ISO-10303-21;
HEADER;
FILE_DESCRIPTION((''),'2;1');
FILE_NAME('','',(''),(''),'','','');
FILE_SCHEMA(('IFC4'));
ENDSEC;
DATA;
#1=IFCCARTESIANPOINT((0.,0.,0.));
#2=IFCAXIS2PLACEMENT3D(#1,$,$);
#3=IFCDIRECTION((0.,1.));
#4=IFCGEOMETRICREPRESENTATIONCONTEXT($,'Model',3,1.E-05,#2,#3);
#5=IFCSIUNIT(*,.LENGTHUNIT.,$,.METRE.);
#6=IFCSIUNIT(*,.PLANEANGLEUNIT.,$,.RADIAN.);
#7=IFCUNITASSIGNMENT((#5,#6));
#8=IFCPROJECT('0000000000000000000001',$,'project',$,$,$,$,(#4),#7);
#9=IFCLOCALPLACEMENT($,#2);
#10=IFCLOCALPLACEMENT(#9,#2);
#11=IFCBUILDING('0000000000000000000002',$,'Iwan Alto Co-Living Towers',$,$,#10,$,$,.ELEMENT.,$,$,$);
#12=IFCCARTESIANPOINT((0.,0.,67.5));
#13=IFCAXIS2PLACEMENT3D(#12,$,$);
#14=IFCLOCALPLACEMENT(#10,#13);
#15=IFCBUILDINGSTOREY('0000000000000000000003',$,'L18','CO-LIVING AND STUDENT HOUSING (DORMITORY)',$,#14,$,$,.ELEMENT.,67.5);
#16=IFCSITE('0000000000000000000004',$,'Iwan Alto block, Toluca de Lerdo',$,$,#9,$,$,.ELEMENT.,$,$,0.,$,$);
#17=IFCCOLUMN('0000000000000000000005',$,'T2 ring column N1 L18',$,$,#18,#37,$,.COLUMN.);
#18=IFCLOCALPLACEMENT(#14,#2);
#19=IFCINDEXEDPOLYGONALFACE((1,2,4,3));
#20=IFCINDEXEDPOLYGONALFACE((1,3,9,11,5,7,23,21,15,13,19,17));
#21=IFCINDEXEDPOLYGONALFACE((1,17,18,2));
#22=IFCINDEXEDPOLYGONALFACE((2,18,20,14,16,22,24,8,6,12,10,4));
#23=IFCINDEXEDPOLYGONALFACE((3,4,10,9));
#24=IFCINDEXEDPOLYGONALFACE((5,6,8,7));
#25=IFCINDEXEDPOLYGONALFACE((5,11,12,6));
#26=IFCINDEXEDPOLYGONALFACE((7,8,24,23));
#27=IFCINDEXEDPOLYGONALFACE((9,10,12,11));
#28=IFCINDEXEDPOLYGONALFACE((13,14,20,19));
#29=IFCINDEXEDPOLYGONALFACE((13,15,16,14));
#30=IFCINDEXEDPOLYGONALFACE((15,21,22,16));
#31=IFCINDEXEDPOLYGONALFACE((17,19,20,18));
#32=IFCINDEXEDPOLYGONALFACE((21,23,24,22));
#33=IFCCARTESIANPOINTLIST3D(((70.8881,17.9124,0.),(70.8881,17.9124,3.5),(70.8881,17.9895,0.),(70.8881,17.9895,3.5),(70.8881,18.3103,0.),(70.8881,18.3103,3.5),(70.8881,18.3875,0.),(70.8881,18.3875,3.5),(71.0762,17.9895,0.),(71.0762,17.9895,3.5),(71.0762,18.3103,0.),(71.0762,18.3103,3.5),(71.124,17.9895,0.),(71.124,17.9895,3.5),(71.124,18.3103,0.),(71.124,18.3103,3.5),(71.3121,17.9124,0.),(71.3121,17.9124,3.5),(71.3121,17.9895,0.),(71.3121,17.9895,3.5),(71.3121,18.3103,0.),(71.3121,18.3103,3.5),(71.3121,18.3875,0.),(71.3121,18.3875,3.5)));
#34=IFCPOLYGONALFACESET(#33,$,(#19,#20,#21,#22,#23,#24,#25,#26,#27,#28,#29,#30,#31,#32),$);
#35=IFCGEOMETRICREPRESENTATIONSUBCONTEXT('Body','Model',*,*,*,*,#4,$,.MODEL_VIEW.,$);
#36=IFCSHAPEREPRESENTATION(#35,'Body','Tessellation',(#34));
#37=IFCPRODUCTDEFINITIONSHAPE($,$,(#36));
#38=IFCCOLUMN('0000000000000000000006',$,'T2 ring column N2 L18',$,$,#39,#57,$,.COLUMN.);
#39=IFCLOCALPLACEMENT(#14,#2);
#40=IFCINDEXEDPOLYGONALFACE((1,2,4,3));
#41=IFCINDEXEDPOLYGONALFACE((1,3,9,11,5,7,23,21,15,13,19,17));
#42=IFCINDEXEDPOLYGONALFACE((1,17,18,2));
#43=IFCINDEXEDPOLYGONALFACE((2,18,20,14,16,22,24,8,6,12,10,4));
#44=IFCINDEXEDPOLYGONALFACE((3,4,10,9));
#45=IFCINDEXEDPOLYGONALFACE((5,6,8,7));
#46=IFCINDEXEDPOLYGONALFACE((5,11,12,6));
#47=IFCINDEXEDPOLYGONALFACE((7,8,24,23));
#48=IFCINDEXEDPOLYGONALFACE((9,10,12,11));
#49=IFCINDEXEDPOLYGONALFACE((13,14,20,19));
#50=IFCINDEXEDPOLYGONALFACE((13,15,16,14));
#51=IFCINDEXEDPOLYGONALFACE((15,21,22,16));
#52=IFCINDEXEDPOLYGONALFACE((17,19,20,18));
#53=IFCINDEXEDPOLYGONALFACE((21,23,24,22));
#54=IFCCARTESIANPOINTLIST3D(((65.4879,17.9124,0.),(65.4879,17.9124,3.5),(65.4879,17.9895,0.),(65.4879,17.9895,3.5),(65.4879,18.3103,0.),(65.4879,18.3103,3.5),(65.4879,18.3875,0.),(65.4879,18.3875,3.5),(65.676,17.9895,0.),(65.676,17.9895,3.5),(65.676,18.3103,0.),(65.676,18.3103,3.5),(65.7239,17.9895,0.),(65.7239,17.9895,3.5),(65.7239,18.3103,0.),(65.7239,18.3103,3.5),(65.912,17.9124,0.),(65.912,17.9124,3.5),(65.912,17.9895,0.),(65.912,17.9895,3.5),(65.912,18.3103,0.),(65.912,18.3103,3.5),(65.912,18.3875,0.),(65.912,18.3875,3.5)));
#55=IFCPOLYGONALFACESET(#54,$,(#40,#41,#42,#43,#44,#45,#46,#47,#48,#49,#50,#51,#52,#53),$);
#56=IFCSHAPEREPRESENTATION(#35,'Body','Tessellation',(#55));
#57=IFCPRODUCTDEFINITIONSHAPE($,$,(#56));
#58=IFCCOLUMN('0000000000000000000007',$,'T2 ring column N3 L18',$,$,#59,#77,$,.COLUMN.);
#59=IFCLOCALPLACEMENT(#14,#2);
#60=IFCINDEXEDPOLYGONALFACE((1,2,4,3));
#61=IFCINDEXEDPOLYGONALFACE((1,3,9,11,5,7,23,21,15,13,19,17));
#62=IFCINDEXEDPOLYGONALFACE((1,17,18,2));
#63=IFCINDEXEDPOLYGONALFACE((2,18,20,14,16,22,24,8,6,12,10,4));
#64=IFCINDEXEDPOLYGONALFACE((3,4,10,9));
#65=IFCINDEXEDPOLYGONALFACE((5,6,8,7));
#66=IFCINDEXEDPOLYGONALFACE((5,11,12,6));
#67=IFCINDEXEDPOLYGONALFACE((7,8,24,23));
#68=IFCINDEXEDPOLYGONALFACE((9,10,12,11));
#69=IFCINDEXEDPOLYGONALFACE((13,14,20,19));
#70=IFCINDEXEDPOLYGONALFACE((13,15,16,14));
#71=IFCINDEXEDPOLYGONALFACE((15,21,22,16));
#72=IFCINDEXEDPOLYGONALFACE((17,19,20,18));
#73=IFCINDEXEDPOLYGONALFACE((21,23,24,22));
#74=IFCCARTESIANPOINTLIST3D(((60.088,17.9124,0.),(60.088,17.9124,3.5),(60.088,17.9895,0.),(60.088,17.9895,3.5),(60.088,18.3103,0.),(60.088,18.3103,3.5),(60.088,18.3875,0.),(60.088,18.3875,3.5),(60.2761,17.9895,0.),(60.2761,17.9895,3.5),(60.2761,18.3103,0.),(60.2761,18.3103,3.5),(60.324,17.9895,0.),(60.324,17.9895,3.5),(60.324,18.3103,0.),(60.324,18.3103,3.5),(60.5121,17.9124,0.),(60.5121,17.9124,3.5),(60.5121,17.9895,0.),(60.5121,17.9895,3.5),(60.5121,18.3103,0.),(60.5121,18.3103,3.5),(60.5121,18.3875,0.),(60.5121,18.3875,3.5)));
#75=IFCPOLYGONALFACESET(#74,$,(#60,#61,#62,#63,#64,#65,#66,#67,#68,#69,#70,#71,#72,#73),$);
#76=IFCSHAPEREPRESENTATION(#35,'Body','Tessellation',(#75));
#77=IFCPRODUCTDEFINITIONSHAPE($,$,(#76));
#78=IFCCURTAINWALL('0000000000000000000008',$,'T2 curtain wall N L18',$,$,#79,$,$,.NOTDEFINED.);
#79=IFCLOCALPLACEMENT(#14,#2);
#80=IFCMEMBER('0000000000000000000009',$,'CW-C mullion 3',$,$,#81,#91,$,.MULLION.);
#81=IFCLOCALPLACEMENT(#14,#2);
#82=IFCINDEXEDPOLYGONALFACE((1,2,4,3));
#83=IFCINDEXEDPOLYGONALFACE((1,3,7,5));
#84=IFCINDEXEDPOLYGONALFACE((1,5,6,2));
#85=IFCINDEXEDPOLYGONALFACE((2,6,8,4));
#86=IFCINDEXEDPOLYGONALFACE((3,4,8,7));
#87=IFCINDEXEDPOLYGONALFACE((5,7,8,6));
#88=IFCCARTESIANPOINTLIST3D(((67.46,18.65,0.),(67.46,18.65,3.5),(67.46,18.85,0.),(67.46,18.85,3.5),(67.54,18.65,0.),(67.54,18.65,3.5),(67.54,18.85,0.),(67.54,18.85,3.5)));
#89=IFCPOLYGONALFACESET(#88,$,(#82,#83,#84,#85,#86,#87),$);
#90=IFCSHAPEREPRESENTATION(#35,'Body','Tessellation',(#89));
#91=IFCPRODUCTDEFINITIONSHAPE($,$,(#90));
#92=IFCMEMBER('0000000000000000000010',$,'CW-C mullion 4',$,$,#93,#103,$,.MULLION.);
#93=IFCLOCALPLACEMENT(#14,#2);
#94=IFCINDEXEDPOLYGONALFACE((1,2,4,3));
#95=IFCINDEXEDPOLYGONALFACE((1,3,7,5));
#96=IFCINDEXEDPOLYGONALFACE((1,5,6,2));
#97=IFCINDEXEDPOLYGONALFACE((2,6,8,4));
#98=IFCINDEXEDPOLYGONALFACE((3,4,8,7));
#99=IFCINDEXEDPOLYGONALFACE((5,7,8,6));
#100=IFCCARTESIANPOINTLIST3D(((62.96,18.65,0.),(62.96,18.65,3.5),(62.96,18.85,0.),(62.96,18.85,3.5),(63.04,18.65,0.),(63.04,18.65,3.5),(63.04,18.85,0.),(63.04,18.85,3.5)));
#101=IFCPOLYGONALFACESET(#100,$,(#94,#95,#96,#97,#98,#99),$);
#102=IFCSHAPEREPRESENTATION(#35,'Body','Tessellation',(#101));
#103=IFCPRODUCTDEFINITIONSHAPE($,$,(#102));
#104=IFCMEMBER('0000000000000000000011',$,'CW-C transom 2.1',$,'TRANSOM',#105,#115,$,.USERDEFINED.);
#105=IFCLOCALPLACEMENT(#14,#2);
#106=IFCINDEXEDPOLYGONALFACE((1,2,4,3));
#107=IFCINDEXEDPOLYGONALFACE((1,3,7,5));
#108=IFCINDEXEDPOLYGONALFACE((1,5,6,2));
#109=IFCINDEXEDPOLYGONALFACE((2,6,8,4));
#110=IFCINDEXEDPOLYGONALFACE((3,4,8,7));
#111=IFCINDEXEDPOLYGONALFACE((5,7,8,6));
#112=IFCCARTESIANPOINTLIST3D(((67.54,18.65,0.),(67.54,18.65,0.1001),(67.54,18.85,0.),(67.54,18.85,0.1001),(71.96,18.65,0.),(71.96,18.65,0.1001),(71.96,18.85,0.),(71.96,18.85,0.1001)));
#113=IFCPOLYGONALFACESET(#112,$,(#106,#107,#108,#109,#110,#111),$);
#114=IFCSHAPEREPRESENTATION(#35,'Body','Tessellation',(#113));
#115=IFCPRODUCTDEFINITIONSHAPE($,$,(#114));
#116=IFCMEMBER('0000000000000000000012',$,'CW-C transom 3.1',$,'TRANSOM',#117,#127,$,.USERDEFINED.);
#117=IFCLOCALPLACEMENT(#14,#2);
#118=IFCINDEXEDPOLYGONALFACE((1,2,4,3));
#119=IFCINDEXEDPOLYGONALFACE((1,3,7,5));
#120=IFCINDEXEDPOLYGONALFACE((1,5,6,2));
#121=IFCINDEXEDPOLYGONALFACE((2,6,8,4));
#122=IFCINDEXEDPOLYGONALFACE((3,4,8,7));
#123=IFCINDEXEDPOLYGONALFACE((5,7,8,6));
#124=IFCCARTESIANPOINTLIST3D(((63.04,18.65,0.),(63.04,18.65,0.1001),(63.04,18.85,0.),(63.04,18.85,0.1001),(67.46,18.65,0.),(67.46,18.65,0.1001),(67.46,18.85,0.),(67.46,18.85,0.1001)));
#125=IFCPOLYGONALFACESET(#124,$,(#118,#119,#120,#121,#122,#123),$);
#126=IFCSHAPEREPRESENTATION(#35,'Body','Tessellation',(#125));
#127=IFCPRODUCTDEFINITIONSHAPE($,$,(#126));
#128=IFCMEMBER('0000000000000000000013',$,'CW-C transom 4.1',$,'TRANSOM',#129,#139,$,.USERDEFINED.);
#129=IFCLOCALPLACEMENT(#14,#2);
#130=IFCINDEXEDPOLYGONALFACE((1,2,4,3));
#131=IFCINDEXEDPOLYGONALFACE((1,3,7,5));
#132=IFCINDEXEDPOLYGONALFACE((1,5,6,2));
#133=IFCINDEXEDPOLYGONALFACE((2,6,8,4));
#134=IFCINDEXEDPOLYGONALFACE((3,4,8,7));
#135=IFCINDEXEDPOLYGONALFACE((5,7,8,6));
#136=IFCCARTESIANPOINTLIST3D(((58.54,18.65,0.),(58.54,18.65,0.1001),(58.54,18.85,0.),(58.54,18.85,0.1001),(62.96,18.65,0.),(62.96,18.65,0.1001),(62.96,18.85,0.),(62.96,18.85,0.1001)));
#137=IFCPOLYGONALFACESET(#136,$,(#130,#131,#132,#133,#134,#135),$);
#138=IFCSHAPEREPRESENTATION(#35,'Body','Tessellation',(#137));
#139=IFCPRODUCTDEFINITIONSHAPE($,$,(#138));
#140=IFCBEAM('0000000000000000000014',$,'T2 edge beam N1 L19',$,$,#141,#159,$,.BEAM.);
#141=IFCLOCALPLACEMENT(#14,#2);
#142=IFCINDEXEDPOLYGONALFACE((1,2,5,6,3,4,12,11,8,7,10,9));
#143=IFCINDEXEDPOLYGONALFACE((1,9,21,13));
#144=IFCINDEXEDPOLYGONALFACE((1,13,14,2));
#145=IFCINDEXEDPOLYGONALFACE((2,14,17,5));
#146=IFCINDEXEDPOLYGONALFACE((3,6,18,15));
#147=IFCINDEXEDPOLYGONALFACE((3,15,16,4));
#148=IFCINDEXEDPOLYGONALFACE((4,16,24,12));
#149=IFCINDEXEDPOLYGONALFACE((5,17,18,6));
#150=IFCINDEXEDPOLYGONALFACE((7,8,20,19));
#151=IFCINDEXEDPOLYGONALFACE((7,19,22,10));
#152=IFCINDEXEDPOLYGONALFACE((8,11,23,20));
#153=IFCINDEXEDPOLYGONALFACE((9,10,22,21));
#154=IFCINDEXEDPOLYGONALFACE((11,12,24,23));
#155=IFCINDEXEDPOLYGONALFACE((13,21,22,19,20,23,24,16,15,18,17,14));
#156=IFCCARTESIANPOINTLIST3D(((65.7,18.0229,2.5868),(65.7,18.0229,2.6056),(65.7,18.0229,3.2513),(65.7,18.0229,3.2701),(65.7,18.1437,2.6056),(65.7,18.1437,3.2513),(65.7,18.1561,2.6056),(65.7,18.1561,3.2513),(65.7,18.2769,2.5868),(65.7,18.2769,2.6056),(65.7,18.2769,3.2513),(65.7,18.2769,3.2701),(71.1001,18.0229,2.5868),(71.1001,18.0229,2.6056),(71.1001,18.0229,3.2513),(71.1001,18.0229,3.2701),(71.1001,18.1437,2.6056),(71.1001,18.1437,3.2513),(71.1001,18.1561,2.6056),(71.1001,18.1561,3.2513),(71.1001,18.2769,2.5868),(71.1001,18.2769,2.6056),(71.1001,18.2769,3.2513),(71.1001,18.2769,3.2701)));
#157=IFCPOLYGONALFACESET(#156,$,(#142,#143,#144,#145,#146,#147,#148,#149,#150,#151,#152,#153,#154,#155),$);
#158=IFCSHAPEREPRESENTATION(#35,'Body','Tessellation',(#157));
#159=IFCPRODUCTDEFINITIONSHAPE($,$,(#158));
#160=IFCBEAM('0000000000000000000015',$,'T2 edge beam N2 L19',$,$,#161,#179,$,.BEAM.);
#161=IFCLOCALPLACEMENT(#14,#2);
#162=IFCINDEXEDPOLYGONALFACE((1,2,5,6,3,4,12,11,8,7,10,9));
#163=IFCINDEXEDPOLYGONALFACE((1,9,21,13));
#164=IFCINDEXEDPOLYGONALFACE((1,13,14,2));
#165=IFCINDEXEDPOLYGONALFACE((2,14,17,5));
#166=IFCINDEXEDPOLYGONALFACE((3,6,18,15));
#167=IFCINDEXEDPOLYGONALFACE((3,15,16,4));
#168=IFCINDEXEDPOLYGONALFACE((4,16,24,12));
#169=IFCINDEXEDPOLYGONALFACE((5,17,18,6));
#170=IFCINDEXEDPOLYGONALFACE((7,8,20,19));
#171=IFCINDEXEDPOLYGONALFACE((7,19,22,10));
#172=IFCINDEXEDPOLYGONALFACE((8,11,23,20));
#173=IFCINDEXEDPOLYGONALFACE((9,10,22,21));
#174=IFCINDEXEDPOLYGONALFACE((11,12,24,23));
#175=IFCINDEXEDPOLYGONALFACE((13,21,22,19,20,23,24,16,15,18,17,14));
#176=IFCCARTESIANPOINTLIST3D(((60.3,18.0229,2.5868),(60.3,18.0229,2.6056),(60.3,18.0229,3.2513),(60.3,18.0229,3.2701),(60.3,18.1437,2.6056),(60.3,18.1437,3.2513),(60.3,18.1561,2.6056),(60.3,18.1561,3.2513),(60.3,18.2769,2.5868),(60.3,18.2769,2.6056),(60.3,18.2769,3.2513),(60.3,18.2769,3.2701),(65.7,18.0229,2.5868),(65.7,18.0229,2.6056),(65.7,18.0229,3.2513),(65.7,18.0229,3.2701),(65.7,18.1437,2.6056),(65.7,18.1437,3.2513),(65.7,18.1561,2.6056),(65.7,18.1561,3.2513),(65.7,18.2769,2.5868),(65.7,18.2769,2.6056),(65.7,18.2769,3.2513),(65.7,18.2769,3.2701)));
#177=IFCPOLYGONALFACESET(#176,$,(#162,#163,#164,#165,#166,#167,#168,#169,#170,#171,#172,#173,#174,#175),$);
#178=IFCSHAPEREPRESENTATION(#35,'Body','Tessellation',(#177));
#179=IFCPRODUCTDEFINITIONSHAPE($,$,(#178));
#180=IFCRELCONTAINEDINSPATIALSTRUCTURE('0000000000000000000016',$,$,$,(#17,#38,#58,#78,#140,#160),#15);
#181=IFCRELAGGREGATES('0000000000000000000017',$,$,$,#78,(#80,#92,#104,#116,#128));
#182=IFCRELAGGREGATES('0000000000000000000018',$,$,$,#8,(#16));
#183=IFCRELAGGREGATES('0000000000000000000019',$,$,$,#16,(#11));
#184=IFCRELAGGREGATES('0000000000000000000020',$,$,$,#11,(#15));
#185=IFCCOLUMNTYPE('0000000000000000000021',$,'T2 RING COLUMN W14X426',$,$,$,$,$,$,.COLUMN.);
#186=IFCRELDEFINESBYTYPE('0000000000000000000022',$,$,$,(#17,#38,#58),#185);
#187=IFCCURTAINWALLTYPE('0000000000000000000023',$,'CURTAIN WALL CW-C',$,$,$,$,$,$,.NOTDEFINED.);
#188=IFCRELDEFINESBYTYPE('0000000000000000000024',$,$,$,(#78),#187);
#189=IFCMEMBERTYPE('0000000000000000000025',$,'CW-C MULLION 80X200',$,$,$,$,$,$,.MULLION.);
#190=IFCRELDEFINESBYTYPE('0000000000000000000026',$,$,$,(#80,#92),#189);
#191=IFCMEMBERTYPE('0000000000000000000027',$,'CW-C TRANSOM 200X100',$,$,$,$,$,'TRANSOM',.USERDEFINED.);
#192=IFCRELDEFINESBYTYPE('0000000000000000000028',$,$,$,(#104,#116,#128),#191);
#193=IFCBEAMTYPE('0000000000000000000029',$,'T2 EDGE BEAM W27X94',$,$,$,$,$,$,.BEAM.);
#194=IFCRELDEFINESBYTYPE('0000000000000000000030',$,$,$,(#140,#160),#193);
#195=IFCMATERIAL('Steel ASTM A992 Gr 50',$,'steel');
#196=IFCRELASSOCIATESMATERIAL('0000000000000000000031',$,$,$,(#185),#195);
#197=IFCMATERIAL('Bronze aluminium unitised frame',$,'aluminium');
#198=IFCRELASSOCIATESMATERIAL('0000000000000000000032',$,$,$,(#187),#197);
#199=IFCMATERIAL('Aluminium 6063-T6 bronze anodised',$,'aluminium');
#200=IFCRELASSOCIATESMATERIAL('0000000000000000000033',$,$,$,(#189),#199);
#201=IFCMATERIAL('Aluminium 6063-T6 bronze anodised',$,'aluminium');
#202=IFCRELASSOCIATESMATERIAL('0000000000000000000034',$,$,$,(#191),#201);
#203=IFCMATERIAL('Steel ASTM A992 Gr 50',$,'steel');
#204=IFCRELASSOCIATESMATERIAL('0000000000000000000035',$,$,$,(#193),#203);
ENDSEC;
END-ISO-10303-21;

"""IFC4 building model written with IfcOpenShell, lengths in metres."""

from ifc_helpers import new_model, si_unit, direction, frame, origin, origin_2d, place, context, subcontext, project, spatial, rectangle, i_section, extrude, material, material_profile, profile_set, type_object, element, aggregate, save


model = new_model("IFC4")

# Units and contexts
model_context = context("Model", 3, precision=1e-05, world=origin(), true_north=direction((0.0, 1.0)))
body_context = subcontext(model_context, "Body", "Model", "MODEL_VIEW")
ifc_project = project(units=[si_unit("LENGTHUNIT", "METRE"), si_unit("PLANEANGLEUNIT", "RADIAN")], contexts=[model_context])

# Site, building, storey
site_placement = place(None, origin())
site = spatial("IfcSite", under=ifc_project, at=site_placement, Name="Iwan Alto block, Toluca de Lerdo", CompositionType="ELEMENT", RefElevation=0.0)
building_placement = place(site_placement, origin())
building = spatial("IfcBuilding", under=site, at=building_placement, Name="Iwan Alto Co-Living Towers", CompositionType="ELEMENT")
storey_placement = place(building_placement, frame((0.0, 0.0, 67.5)))
storey = spatial("IfcBuildingStorey", under=building, at=storey_placement, Name="L18", Description="CO-LIVING AND STUDENT HOUSING (DORMITORY)", CompositionType="ELEMENT", Elevation=67.5)

# Columns
ifc_material_1 = material(Name="Steel ASTM A992 Gr 50", Category="steel")
ifc_material_profile_1 = material_profile(ifc_material_1, i_section(OverallWidth=0.4241, OverallDepth=0.4751, WebThickness=0.0479, FlangeThickness=0.0771, at=origin_2d()), Name="W14X426")
ifc_profile_set_1 = profile_set([ifc_material_profile_1], Name="Steel ASTM A992 Gr 50")
column_type = type_object("IfcColumnType", Name="T2 RING COLUMN W14X426", PredefinedType="COLUMN", material=ifc_profile_set_1)
for number, where, z_axis, x_axis, name in (
    (1, (71.1001, 18.1499, 0.0), (0.0, 0.0, 1.0), (1.0, 0.0, 0.0), "T2 ring column N1 L18"),
    (2, (65.7, 18.1499, 0.0), (0.0, 0.0, 1.0), (1.0, 0.0, 0.0), "T2 ring column N2 L18"),
    (3, (60.3, 18.1499, 0.0), (0.0, 0.0, 1.0), (1.0, 0.0, 0.0), "T2 ring column N3 L18"),
):
    element("IfcColumn", number, at=place(storey_placement, frame(where, z_axis=z_axis, x_axis=x_axis)), inside=storey, type_object=column_type, Name=name, PredefinedType="COLUMN", context=body_context, shape_type="SweptSolid", body=[
        extrude(i_section(OverallWidth=0.4241, OverallDepth=0.4751, WebThickness=0.0479, FlangeThickness=0.0771, at=origin_2d()), origin(), (0.0, 0.0, 1.0), 3.5),
    ])

# Curtain wall, members
ifc_material_2 = material(Name="Bronze aluminium unitised frame", Category="aluminium")
curtain_wall_type = type_object("IfcCurtainWallType", Name="CURTAIN WALL CW-C", PredefinedType="NOTDEFINED", material=ifc_material_2)
curtain_wall_placement = place(storey_placement, origin())
curtain_wall = element("IfcCurtainWall", 4, at=curtain_wall_placement, inside=storey, type_object=curtain_wall_type, Name="T2 curtain wall N L18", PredefinedType="NOTDEFINED")
ifc_material_3 = material(Name="Aluminium 6063-T6 bronze anodised", Category="aluminium")
ifc_material_profile_2 = material_profile(ifc_material_3, rectangle(XDim=0.2, YDim=0.0801, at=origin_2d()), Name="AL 80X200")
ifc_profile_set_2 = profile_set([ifc_material_profile_2], Name="Aluminium 6063-T6 bronze anodised")
member_type_1 = type_object("IfcMemberType", Name="CW-C MULLION 80X200", PredefinedType="MULLION", material=ifc_profile_set_2)
member_1_placement = place(storey_placement, frame((67.5, 18.75, 0.0), z_axis=(0.0, 0.0, 1.0), x_axis=(0.0, -1.0, 0.0)))
member_1 = element("IfcMember", 5, at=member_1_placement, type_object=member_type_1, Name="CW-C mullion 3", PredefinedType="MULLION", context=body_context, shape_type="SweptSolid", body=[
    extrude(rectangle(XDim=0.2, YDim=0.0801, at=origin_2d()), origin(), (0.0, 0.0, 1.0), 3.5),
])
member_2_placement = place(storey_placement, frame((63.0, 18.75, 0.0), z_axis=(0.0, 0.0, 1.0), x_axis=(0.0, -1.0, 0.0)))
member_2 = element("IfcMember", 6, at=member_2_placement, type_object=member_type_1, Name="CW-C mullion 4", PredefinedType="MULLION", context=body_context, shape_type="SweptSolid", body=[
    extrude(rectangle(XDim=0.2, YDim=0.0801, at=origin_2d()), origin(), (0.0, 0.0, 1.0), 3.5),
])
ifc_material_4 = material(Name="Aluminium 6063-T6 bronze anodised", Category="aluminium")
ifc_material_profile_3 = material_profile(ifc_material_4, rectangle(XDim=0.2, YDim=0.1001, at=origin_2d()), Name="AL 200X100")
ifc_profile_set_3 = profile_set([ifc_material_profile_3], Name="Aluminium 6063-T6 bronze anodised")
member_type_2 = type_object("IfcMemberType", Name="CW-C TRANSOM 200X100", ElementType="TRANSOM", PredefinedType="USERDEFINED", material=ifc_profile_set_3)
member_3_placement = place(storey_placement, frame((71.96, 18.75, 0.05), z_axis=(-1.0, 0.0, 0.0), x_axis=(0.0, -1.0, 0.0)))
member_3 = element("IfcMember", 7, at=member_3_placement, type_object=member_type_2, Name="CW-C transom 2.1", ObjectType="TRANSOM", PredefinedType="USERDEFINED", context=body_context, shape_type="SweptSolid", body=[
    extrude(rectangle(XDim=0.2, YDim=0.1001, at=origin_2d()), origin(), (0.0, 0.0, 1.0), 4.4199),
])
member_4_placement = place(storey_placement, frame((67.46, 18.75, 0.05), z_axis=(-1.0, 0.0, 0.0), x_axis=(0.0, -1.0, 0.0)))
member_4 = element("IfcMember", 8, at=member_4_placement, type_object=member_type_2, Name="CW-C transom 3.1", ObjectType="TRANSOM", PredefinedType="USERDEFINED", context=body_context, shape_type="SweptSolid", body=[
    extrude(rectangle(XDim=0.2, YDim=0.1001, at=origin_2d()), origin(), (0.0, 0.0, 1.0), 4.4199),
])
member_5_placement = place(storey_placement, frame((62.96, 18.75, 0.05), z_axis=(-1.0, 0.0, 0.0), x_axis=(0.0, -1.0, 0.0)))
member_5 = element("IfcMember", 9, at=member_5_placement, type_object=member_type_2, Name="CW-C transom 4.1", ObjectType="TRANSOM", PredefinedType="USERDEFINED", context=body_context, shape_type="SweptSolid", body=[
    extrude(rectangle(XDim=0.2, YDim=0.1001, at=origin_2d()), origin(), (0.0, 0.0, 1.0), 4.4199),
])

# Beams
ifc_material_5 = material(Name="Steel ASTM A992 Gr 50", Category="steel")
ifc_material_profile_4 = material_profile(ifc_material_5, i_section(OverallWidth=0.2539, OverallDepth=0.6833, WebThickness=0.0125, FlangeThickness=0.0188, at=origin_2d()), Name="W27X94")
ifc_profile_set_4 = profile_set([ifc_material_profile_4], Name="Steel ASTM A992 Gr 50")
beam_type_1 = type_object("IfcBeamType", Name="T2 EDGE BEAM W27X94", PredefinedType="BEAM", material=ifc_profile_set_4)
beam_1_placement = place(storey_placement, frame((71.1001, 18.1499, 2.9285), z_axis=(-1.0, 0.0, 0.0), x_axis=(0.0, -1.0, 0.0)))
element("IfcBeam", 10, at=beam_1_placement, inside=storey, type_object=beam_type_1, Name="T2 edge beam N1 L19", PredefinedType="BEAM", context=body_context, shape_type="SweptSolid", body=[
    extrude(i_section(OverallWidth=0.2539, OverallDepth=0.6833, WebThickness=0.0125, FlangeThickness=0.0188, at=origin_2d()), origin(), (0.0, 0.0, 1.0), 5.4001),
])
beam_2_placement = place(storey_placement, frame((65.7, 18.1499, 2.9285), z_axis=(-1.0, 0.0, 0.0), x_axis=(0.0, -1.0, 0.0)))
element("IfcBeam", 11, at=beam_2_placement, inside=storey, type_object=beam_type_1, Name="T2 edge beam N2 L19", PredefinedType="BEAM", context=body_context, shape_type="SweptSolid", body=[
    extrude(i_section(OverallWidth=0.2539, OverallDepth=0.6833, WebThickness=0.0125, FlangeThickness=0.0188, at=origin_2d()), origin(), (0.0, 0.0, 1.0), 5.3999),
])

aggregate(curtain_wall, [member_1, member_2, member_3, member_4, member_5])

save(model, "model.ifc")
